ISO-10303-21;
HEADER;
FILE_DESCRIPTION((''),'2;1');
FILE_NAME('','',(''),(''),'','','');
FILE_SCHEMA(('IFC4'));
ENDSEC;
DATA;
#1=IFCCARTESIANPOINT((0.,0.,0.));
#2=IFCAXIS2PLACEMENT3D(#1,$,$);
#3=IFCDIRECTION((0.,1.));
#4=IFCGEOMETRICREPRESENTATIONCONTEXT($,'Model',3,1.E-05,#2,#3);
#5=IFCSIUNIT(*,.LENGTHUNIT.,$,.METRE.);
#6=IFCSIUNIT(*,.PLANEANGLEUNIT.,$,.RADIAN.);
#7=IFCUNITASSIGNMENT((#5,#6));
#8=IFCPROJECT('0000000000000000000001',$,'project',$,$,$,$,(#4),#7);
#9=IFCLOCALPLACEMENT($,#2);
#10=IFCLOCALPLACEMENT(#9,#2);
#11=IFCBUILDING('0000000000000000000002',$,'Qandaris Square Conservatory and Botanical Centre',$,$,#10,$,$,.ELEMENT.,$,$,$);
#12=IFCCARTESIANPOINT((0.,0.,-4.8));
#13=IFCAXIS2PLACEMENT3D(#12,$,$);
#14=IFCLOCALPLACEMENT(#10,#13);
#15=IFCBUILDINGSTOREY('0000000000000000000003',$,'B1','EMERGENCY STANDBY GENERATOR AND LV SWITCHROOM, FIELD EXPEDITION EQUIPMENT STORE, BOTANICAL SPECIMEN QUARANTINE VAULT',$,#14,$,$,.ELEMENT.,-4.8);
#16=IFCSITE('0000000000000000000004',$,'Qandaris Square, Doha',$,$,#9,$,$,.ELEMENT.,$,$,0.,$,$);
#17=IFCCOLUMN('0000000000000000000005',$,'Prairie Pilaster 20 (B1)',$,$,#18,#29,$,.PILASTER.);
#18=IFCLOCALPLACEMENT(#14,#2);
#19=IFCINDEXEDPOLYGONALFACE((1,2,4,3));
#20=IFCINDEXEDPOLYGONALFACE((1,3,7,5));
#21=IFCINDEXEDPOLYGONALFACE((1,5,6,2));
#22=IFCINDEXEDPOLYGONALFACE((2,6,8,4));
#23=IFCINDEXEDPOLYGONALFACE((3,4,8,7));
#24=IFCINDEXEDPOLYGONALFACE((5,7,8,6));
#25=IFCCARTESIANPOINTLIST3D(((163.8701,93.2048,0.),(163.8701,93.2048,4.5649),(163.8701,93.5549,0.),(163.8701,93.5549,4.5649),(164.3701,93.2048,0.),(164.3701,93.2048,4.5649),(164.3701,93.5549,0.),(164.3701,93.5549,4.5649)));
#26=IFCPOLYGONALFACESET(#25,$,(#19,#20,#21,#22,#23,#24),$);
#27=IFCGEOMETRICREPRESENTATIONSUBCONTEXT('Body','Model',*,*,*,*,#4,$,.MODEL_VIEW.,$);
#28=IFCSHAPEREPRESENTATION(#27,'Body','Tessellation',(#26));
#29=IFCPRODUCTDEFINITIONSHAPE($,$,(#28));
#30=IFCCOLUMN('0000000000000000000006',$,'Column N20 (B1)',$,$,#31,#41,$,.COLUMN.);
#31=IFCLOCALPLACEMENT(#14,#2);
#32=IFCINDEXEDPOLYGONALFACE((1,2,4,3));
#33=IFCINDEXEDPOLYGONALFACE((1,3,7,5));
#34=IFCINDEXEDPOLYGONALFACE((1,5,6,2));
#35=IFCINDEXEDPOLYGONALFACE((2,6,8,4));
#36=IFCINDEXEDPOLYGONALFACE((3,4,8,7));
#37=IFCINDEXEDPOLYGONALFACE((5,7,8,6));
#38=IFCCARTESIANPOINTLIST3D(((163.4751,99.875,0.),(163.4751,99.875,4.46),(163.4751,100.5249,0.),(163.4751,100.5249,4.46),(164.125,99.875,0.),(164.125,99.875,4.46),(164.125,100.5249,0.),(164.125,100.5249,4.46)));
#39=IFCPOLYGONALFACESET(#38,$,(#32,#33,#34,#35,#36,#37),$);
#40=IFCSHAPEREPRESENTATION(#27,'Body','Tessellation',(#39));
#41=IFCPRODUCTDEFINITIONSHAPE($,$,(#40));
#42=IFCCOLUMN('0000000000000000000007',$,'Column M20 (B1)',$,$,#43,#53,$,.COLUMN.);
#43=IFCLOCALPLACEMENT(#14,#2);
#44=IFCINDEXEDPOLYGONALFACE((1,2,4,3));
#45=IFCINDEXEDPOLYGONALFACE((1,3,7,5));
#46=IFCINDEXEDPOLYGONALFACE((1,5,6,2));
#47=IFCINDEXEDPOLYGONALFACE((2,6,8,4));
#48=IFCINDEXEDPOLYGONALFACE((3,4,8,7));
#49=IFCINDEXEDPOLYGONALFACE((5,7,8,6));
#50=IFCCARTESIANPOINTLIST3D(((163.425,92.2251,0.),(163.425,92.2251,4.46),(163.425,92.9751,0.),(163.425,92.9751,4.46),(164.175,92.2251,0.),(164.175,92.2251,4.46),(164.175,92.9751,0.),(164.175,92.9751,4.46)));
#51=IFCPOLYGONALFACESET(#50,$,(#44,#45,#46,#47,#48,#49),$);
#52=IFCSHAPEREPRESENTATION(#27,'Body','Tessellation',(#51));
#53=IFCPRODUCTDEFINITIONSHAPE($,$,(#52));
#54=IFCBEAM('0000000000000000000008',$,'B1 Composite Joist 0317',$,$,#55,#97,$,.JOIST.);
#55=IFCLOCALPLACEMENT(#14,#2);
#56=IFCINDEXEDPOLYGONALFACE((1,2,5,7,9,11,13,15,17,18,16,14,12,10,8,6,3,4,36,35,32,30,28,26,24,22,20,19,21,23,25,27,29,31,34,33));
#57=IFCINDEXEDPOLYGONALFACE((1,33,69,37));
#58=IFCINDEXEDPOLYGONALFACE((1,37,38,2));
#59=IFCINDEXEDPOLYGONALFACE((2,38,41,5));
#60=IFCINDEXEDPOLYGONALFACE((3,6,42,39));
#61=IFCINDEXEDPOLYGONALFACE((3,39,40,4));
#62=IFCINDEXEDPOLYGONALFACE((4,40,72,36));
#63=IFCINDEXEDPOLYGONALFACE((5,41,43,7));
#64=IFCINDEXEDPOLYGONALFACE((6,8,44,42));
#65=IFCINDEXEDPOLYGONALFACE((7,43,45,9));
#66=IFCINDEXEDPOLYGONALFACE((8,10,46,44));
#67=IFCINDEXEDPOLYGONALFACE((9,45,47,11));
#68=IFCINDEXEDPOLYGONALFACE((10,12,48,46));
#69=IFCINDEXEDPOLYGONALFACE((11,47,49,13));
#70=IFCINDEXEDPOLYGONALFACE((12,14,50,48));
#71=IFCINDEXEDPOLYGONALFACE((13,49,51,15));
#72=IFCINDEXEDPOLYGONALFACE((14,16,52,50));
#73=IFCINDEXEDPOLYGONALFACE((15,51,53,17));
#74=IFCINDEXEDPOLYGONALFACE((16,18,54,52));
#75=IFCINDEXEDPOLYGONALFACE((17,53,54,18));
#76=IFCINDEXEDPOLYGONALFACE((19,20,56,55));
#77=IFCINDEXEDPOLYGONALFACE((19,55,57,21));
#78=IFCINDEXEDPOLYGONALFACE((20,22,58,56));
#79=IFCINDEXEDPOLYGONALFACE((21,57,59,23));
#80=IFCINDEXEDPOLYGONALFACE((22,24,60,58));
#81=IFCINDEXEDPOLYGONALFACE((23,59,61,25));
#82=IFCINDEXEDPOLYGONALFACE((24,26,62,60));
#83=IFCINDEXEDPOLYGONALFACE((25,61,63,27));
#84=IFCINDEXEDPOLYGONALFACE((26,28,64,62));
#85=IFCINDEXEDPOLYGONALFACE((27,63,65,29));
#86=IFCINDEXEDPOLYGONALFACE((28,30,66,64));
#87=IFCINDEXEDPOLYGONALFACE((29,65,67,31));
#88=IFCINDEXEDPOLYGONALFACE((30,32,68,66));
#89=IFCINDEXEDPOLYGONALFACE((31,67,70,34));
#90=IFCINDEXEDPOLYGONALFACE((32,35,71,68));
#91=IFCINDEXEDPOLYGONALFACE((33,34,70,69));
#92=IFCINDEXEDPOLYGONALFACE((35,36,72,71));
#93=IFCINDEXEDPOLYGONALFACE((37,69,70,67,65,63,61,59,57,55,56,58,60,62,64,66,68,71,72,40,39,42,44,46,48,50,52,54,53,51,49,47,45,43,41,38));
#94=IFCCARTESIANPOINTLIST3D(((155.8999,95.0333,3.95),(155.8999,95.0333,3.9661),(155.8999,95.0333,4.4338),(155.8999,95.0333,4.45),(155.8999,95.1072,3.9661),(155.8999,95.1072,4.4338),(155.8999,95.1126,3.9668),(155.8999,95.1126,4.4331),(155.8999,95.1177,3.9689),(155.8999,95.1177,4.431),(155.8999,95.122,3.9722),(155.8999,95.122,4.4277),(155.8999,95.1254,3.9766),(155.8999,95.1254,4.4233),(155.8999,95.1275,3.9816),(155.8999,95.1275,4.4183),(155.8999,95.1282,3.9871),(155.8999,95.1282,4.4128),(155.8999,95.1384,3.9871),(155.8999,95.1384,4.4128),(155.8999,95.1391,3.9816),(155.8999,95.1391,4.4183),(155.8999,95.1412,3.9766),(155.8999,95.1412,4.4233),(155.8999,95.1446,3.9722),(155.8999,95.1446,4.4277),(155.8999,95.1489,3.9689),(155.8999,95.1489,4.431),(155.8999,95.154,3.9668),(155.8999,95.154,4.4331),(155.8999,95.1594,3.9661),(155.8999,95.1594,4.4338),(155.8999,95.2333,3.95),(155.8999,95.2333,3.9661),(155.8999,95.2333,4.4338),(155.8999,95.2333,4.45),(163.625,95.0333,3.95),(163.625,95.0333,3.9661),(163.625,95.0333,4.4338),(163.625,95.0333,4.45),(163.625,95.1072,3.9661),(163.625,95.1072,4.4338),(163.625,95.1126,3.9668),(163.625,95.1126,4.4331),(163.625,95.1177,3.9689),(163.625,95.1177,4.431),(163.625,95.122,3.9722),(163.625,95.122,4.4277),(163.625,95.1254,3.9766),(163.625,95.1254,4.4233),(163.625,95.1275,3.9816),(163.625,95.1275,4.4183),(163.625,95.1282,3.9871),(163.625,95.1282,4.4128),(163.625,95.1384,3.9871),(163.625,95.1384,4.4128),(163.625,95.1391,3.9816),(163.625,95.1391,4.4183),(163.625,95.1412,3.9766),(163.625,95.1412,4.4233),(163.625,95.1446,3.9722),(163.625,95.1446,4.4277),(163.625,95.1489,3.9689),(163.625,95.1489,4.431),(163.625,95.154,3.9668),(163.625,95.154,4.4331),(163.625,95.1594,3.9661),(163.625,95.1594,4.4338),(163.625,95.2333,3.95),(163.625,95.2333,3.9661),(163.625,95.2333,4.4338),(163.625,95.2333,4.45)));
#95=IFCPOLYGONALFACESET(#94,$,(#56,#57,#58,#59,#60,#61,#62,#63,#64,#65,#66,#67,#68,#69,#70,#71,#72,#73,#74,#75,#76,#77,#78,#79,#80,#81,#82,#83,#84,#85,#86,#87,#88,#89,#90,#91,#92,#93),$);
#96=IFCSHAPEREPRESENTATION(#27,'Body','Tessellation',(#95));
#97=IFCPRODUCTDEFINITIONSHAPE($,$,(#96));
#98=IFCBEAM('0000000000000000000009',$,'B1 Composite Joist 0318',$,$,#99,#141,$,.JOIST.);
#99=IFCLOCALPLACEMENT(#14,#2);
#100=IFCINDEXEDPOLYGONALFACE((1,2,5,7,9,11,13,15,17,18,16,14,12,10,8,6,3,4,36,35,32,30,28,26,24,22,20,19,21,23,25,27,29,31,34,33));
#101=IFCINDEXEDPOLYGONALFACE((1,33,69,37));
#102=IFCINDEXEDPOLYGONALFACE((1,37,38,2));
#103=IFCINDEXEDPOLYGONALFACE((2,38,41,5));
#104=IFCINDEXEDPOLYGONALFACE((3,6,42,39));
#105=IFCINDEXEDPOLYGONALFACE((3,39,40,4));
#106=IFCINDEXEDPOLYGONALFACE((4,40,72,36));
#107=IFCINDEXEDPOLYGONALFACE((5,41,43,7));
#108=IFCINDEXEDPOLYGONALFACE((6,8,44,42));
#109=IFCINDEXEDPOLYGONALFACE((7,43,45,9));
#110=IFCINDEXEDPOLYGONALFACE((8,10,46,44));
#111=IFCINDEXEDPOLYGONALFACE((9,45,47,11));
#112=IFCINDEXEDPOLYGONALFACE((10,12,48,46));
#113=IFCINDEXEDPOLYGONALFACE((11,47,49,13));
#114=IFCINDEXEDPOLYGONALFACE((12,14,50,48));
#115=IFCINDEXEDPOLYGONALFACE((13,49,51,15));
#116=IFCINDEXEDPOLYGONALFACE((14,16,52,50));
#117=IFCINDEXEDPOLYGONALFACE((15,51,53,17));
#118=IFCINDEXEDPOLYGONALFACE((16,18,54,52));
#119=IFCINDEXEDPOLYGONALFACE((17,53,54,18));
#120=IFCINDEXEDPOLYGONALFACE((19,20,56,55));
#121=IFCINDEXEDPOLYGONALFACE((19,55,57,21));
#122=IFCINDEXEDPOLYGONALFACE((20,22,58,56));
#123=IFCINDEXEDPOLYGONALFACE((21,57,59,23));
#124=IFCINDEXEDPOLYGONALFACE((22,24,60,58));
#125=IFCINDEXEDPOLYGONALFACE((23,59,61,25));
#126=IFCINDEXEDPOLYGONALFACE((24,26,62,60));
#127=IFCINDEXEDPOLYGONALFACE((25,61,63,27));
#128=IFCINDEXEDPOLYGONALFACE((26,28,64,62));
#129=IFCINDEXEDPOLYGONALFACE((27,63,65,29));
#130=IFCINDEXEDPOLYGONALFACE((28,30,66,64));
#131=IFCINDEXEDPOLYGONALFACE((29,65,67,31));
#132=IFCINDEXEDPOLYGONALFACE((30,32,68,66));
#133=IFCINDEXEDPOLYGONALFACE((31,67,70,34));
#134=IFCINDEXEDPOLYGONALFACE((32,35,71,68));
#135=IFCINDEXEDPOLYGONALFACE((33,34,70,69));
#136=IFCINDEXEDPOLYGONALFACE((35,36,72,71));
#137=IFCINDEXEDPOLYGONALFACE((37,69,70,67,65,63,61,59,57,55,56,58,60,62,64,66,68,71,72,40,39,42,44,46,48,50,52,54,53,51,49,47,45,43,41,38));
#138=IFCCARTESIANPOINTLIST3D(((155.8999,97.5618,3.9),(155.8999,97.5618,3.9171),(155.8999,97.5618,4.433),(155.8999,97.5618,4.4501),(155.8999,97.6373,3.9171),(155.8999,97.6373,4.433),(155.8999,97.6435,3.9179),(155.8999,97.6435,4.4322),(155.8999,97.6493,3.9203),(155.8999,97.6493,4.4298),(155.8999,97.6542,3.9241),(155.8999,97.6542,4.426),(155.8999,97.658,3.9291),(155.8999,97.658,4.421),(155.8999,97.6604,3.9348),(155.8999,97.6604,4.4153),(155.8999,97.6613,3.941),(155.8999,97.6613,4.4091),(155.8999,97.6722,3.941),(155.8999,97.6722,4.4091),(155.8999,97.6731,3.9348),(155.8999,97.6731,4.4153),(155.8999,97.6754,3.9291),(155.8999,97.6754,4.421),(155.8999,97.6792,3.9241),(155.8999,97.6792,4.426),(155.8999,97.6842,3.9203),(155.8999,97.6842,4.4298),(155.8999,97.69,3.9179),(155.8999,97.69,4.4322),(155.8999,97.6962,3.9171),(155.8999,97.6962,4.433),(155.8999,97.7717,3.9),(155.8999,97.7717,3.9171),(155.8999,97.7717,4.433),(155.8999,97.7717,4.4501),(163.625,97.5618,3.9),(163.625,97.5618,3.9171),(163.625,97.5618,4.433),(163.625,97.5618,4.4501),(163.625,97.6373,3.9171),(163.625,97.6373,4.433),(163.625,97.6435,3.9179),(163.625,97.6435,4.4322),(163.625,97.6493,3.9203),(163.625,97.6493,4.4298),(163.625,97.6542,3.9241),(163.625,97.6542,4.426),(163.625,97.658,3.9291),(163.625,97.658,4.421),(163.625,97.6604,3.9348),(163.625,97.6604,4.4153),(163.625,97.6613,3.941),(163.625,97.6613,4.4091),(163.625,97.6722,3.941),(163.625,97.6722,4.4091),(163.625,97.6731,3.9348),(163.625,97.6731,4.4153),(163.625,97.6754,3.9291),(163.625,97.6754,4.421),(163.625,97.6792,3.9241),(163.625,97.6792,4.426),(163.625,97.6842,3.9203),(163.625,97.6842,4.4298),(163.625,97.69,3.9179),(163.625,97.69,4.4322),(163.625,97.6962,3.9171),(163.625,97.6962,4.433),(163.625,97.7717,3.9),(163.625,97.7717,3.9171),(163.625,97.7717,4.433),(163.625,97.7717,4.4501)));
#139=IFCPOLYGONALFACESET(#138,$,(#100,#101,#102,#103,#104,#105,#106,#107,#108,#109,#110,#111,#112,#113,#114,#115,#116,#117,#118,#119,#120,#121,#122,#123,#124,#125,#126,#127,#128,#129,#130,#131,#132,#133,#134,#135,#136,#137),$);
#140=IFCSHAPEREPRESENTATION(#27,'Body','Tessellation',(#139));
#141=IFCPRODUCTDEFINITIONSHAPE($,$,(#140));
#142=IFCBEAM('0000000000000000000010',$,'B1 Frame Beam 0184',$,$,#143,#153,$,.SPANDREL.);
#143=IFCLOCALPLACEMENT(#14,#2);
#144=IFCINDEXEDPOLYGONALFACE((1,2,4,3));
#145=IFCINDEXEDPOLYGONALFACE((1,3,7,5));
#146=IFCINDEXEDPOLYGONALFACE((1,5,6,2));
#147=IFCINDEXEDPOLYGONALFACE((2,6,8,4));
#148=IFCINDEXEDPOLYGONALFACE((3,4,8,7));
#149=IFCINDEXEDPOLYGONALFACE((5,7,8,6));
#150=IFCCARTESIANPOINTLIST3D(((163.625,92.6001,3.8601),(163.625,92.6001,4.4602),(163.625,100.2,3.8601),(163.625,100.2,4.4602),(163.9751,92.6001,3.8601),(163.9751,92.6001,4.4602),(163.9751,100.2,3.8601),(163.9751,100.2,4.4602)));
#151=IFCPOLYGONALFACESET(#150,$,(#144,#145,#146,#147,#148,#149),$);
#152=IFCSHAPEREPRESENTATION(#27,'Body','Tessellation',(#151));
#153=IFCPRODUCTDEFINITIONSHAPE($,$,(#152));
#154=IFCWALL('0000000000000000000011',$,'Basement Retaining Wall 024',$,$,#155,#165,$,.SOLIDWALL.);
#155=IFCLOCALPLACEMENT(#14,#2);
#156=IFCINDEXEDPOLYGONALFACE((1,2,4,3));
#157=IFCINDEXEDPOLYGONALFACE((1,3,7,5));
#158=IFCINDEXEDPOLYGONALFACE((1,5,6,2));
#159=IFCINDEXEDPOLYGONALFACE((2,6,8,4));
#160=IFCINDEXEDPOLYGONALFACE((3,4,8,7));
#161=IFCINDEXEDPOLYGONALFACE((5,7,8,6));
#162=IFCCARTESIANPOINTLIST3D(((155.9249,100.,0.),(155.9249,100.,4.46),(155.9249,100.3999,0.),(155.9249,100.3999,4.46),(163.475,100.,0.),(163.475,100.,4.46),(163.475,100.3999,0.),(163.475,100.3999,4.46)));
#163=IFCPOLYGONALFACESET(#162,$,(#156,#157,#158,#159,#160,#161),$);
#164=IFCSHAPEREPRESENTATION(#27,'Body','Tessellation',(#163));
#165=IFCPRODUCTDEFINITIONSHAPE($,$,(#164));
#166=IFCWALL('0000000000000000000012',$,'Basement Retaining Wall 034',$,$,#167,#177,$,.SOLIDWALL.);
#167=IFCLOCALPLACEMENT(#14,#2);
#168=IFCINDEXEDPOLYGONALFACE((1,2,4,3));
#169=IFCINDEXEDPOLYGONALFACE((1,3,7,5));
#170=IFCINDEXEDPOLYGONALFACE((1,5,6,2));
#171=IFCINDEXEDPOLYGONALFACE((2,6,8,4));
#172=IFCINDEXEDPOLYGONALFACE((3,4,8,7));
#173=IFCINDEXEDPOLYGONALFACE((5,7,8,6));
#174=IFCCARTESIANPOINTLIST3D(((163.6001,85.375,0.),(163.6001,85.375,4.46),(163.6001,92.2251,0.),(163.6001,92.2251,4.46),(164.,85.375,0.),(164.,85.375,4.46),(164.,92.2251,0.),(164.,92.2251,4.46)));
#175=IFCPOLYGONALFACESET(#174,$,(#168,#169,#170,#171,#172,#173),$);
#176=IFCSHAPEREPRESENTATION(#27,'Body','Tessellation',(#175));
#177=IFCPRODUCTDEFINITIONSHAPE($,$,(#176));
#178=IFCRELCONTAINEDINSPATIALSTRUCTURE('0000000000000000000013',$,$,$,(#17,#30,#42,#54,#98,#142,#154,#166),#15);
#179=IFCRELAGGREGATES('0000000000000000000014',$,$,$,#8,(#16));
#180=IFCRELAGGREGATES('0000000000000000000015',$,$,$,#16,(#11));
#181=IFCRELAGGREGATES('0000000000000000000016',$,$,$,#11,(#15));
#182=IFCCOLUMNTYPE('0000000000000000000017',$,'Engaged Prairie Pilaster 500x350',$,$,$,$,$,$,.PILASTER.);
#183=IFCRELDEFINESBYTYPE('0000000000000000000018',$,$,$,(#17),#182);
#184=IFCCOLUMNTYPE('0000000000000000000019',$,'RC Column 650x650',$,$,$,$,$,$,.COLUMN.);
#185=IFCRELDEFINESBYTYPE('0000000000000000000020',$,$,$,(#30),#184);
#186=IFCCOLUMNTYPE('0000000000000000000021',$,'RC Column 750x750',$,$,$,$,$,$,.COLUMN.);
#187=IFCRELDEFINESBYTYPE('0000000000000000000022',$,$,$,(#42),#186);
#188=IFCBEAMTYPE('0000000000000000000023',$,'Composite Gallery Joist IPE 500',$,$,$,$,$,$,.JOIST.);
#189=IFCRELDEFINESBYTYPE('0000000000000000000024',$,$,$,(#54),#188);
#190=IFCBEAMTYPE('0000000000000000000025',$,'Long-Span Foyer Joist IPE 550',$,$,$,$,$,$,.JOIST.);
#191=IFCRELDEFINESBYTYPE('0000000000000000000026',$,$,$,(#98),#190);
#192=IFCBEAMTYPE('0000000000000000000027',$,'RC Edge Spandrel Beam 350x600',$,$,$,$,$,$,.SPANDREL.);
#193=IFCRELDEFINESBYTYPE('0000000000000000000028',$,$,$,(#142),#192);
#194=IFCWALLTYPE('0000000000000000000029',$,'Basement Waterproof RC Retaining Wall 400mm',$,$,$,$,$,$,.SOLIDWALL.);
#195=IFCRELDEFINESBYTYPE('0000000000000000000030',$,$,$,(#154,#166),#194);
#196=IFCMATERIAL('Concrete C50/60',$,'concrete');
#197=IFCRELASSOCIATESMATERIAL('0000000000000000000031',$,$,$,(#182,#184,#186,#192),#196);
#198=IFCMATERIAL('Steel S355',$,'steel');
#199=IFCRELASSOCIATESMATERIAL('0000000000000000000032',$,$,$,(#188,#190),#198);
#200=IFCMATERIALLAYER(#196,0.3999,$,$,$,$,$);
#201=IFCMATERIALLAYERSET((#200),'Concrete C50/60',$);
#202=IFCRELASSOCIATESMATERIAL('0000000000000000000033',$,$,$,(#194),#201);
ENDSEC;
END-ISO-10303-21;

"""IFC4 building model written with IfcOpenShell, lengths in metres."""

from ifc_helpers import new_model, si_unit, direction, frame, frame_2d, origin, origin_2d, place, context, subcontext, project, spatial, rectangle, i_section, extrude, material, layer, layer_set, material_profile, profile_set, type_object, element, save


model = new_model("IFC4")

# Units and contexts
model_context = context("Model", 3, precision=1e-05, world=origin(), true_north=direction((0.0, 1.0)))
body_context = subcontext(model_context, "Body", "Model", "MODEL_VIEW")
ifc_project = project(units=[si_unit("LENGTHUNIT", "METRE"), si_unit("PLANEANGLEUNIT", "RADIAN")], contexts=[model_context])

# Site, building, storey
site_placement = place(None, origin())
site = spatial("IfcSite", under=ifc_project, at=site_placement, Name="Qandaris Square, Doha", CompositionType="ELEMENT", RefElevation=0.0)
building_placement = place(site_placement, origin())
building = spatial("IfcBuilding", under=site, at=building_placement, Name="Qandaris Square Conservatory and Botanical Centre", CompositionType="ELEMENT")
storey_placement = place(building_placement, frame((0.0, 0.0, -4.8)))
storey = spatial("IfcBuildingStorey", under=building, at=storey_placement, Name="B1", Description="EMERGENCY STANDBY GENERATOR AND LV SWITCHROOM, FIELD EXPEDITION EQUIPMENT STORE, BOTANICAL SPECIMEN QUARANTINE VAULT", CompositionType="ELEMENT", Elevation=-4.8)

# Shared definitions
ifc_material_1 = material(Name="Concrete C50/60", Category="concrete")

# Columns
ifc_material_profile_1 = material_profile(ifc_material_1, rectangle(XDim=0.5, YDim=0.3501, at=origin_2d()), Name="RC-PIL 500x350")
ifc_profile_set_1 = profile_set([ifc_material_profile_1], Name="Concrete C50/60")
column_type_1 = type_object("IfcColumnType", Name="Engaged Prairie Pilaster 500x350", PredefinedType="PILASTER", material=ifc_profile_set_1)
column_1_placement = place(storey_placement, frame((164.1201, 93.3799, 0.0), z_axis=(0.0, 0.0, 1.0), x_axis=(1.0, 0.0, 0.0)))
element("IfcColumn", 1, at=column_1_placement, inside=storey, type_object=column_type_1, Name="Prairie Pilaster 20 (B1)", PredefinedType="PILASTER", context=body_context, shape_type="SweptSolid", body=[
    extrude(rectangle(XDim=0.5, YDim=0.3501, at=origin_2d()), origin(), (0.0, 0.0, 1.0), 4.5649),
])
ifc_material_profile_2 = material_profile(ifc_material_1, rectangle(XDim=0.6499, YDim=0.6499, at=origin_2d()), Name="RC-COL 650x650")
ifc_profile_set_2 = profile_set([ifc_material_profile_2], Name="Concrete C50/60")
column_type_2 = type_object("IfcColumnType", Name="RC Column 650x650", PredefinedType="COLUMN", material=ifc_profile_set_2)
column_2_placement = place(storey_placement, frame((163.8, 100.2, 0.0), z_axis=(0.0, 0.0, 1.0), x_axis=(1.0, 0.0, 0.0)))
element("IfcColumn", 2, at=column_2_placement, inside=storey, type_object=column_type_2, Name="Column N20 (B1)", PredefinedType="COLUMN", context=body_context, shape_type="SweptSolid", body=[
    extrude(rectangle(XDim=0.6499, YDim=0.6499, at=origin_2d()), origin(), (0.0, 0.0, 1.0), 4.46),
])
ifc_material_profile_3 = material_profile(ifc_material_1, rectangle(XDim=0.75, YDim=0.75, at=origin_2d()), Name="RC-COL 750x750")
ifc_profile_set_3 = profile_set([ifc_material_profile_3], Name="Concrete C50/60")
column_type_3 = type_object("IfcColumnType", Name="RC Column 750x750", PredefinedType="COLUMN", material=ifc_profile_set_3)
column_3_placement = place(storey_placement, frame((163.8, 92.6001, 0.0), z_axis=(0.0, 0.0, 1.0), x_axis=(1.0, 0.0, 0.0)))
element("IfcColumn", 3, at=column_3_placement, inside=storey, type_object=column_type_3, Name="Column M20 (B1)", PredefinedType="COLUMN", context=body_context, shape_type="SweptSolid", body=[
    extrude(rectangle(XDim=0.75, YDim=0.75, at=origin_2d()), origin(), (0.0, 0.0, 1.0), 4.46),
])

# Beams
ifc_material_2 = material(Name="Steel S355", Category="steel")
ifc_material_profile_4 = material_profile(ifc_material_2, i_section(OverallWidth=0.2, OverallDepth=0.5, WebThickness=0.0103, FlangeThickness=0.0161, FilletRadius=0.021, at=origin_2d()), Name="IPE 500")
ifc_profile_set_4 = profile_set([ifc_material_profile_4], Name="Steel S355")
beam_type_1 = type_object("IfcBeamType", Name="Composite Gallery Joist IPE 500", PredefinedType="JOIST", material=ifc_profile_set_4)
beam_1_placement = place(storey_placement, frame((155.8999, 95.1333, 4.2), z_axis=(1.0, 0.0, 0.0), x_axis=(0.0, 1.0, 0.0)))
element("IfcBeam", 4, at=beam_1_placement, inside=storey, type_object=beam_type_1, Name="B1 Composite Joist 0317", PredefinedType="JOIST", context=body_context, shape_type="SweptSolid", body=[
    extrude(i_section(OverallWidth=0.2, OverallDepth=0.5, WebThickness=0.0103, FlangeThickness=0.0161, FilletRadius=0.021, at=origin_2d()), origin(), (0.0, 0.0, 1.0), 7.7251),
])
ifc_material_profile_5 = material_profile(ifc_material_2, i_section(OverallWidth=0.21, OverallDepth=0.55, WebThickness=0.011, FlangeThickness=0.0171, FilletRadius=0.0239, at=origin_2d()), Name="IPE 550")
ifc_profile_set_5 = profile_set([ifc_material_profile_5], Name="Steel S355")
beam_type_2 = type_object("IfcBeamType", Name="Long-Span Foyer Joist IPE 550", PredefinedType="JOIST", material=ifc_profile_set_5)
beam_2_placement = place(storey_placement, frame((155.8999, 97.6667, 4.175), z_axis=(1.0, 0.0, 0.0), x_axis=(0.0, 1.0, 0.0)))
element("IfcBeam", 5, at=beam_2_placement, inside=storey, type_object=beam_type_2, Name="B1 Composite Joist 0318", PredefinedType="JOIST", context=body_context, shape_type="SweptSolid", body=[
    extrude(i_section(OverallWidth=0.21, OverallDepth=0.55, WebThickness=0.011, FlangeThickness=0.0171, FilletRadius=0.0239, at=origin_2d()), origin(), (0.0, 0.0, 1.0), 7.7251),
])
ifc_material_profile_6 = material_profile(ifc_material_1, rectangle(XDim=0.3501, YDim=0.6001, at=origin_2d()), Name="RC-SP 350x600")
ifc_profile_set_6 = profile_set([ifc_material_profile_6], Name="Concrete C50/60")
beam_type_3 = type_object("IfcBeamType", Name="RC Edge Spandrel Beam 350x600", PredefinedType="SPANDREL", material=ifc_profile_set_6)
beam_3_placement = place(storey_placement, frame((163.8, 92.6001, 4.1602), z_axis=(0.0, 1.0, 0.0), x_axis=(-1.0, 0.0, 0.0)))
element("IfcBeam", 6, at=beam_3_placement, inside=storey, type_object=beam_type_3, Name="B1 Frame Beam 0184", PredefinedType="SPANDREL", context=body_context, shape_type="SweptSolid", body=[
    extrude(rectangle(XDim=0.3501, YDim=0.6001, at=origin_2d()), origin(), (0.0, 0.0, 1.0), 7.5999),
])

# Walls
ifc_layer = layer(ifc_material_1, 0.3999)
ifc_layer_set = layer_set([ifc_layer], Name="Concrete C50/60")
wall_type = type_object("IfcWallType", Name="Basement Waterproof RC Retaining Wall 400mm", PredefinedType="SOLIDWALL", material=ifc_layer_set)
wall_1_placement = place(storey_placement, frame((155.925, 100.2, 0.0), z_axis=(0.0, 0.0, 1.0), x_axis=(1.0, 0.0, 0.0)))
element("IfcWall", 7, at=wall_1_placement, inside=storey, type_object=wall_type, Name="Basement Retaining Wall 024", PredefinedType="SOLIDWALL", context=body_context, shape_type="SweptSolid", body=[
    extrude(rectangle(XDim=7.55, YDim=0.3999, at=frame_2d((3.7749, 0.0))), origin(), (0.0, 0.0, 1.0), 4.46),
])
wall_2_placement = place(storey_placement, frame((163.8, 85.375, 0.0), z_axis=(0.0, 0.0, 1.0), x_axis=(0.0, 1.0, 0.0)))
element("IfcWall", 8, at=wall_2_placement, inside=storey, type_object=wall_type, Name="Basement Retaining Wall 034", PredefinedType="SOLIDWALL", context=body_context, shape_type="SweptSolid", body=[
    extrude(rectangle(XDim=6.8501, YDim=0.3999, at=frame_2d((3.425, 0.0))), origin(), (0.0, 0.0, 1.0), 4.46),
])

save(model, "model.ifc")
